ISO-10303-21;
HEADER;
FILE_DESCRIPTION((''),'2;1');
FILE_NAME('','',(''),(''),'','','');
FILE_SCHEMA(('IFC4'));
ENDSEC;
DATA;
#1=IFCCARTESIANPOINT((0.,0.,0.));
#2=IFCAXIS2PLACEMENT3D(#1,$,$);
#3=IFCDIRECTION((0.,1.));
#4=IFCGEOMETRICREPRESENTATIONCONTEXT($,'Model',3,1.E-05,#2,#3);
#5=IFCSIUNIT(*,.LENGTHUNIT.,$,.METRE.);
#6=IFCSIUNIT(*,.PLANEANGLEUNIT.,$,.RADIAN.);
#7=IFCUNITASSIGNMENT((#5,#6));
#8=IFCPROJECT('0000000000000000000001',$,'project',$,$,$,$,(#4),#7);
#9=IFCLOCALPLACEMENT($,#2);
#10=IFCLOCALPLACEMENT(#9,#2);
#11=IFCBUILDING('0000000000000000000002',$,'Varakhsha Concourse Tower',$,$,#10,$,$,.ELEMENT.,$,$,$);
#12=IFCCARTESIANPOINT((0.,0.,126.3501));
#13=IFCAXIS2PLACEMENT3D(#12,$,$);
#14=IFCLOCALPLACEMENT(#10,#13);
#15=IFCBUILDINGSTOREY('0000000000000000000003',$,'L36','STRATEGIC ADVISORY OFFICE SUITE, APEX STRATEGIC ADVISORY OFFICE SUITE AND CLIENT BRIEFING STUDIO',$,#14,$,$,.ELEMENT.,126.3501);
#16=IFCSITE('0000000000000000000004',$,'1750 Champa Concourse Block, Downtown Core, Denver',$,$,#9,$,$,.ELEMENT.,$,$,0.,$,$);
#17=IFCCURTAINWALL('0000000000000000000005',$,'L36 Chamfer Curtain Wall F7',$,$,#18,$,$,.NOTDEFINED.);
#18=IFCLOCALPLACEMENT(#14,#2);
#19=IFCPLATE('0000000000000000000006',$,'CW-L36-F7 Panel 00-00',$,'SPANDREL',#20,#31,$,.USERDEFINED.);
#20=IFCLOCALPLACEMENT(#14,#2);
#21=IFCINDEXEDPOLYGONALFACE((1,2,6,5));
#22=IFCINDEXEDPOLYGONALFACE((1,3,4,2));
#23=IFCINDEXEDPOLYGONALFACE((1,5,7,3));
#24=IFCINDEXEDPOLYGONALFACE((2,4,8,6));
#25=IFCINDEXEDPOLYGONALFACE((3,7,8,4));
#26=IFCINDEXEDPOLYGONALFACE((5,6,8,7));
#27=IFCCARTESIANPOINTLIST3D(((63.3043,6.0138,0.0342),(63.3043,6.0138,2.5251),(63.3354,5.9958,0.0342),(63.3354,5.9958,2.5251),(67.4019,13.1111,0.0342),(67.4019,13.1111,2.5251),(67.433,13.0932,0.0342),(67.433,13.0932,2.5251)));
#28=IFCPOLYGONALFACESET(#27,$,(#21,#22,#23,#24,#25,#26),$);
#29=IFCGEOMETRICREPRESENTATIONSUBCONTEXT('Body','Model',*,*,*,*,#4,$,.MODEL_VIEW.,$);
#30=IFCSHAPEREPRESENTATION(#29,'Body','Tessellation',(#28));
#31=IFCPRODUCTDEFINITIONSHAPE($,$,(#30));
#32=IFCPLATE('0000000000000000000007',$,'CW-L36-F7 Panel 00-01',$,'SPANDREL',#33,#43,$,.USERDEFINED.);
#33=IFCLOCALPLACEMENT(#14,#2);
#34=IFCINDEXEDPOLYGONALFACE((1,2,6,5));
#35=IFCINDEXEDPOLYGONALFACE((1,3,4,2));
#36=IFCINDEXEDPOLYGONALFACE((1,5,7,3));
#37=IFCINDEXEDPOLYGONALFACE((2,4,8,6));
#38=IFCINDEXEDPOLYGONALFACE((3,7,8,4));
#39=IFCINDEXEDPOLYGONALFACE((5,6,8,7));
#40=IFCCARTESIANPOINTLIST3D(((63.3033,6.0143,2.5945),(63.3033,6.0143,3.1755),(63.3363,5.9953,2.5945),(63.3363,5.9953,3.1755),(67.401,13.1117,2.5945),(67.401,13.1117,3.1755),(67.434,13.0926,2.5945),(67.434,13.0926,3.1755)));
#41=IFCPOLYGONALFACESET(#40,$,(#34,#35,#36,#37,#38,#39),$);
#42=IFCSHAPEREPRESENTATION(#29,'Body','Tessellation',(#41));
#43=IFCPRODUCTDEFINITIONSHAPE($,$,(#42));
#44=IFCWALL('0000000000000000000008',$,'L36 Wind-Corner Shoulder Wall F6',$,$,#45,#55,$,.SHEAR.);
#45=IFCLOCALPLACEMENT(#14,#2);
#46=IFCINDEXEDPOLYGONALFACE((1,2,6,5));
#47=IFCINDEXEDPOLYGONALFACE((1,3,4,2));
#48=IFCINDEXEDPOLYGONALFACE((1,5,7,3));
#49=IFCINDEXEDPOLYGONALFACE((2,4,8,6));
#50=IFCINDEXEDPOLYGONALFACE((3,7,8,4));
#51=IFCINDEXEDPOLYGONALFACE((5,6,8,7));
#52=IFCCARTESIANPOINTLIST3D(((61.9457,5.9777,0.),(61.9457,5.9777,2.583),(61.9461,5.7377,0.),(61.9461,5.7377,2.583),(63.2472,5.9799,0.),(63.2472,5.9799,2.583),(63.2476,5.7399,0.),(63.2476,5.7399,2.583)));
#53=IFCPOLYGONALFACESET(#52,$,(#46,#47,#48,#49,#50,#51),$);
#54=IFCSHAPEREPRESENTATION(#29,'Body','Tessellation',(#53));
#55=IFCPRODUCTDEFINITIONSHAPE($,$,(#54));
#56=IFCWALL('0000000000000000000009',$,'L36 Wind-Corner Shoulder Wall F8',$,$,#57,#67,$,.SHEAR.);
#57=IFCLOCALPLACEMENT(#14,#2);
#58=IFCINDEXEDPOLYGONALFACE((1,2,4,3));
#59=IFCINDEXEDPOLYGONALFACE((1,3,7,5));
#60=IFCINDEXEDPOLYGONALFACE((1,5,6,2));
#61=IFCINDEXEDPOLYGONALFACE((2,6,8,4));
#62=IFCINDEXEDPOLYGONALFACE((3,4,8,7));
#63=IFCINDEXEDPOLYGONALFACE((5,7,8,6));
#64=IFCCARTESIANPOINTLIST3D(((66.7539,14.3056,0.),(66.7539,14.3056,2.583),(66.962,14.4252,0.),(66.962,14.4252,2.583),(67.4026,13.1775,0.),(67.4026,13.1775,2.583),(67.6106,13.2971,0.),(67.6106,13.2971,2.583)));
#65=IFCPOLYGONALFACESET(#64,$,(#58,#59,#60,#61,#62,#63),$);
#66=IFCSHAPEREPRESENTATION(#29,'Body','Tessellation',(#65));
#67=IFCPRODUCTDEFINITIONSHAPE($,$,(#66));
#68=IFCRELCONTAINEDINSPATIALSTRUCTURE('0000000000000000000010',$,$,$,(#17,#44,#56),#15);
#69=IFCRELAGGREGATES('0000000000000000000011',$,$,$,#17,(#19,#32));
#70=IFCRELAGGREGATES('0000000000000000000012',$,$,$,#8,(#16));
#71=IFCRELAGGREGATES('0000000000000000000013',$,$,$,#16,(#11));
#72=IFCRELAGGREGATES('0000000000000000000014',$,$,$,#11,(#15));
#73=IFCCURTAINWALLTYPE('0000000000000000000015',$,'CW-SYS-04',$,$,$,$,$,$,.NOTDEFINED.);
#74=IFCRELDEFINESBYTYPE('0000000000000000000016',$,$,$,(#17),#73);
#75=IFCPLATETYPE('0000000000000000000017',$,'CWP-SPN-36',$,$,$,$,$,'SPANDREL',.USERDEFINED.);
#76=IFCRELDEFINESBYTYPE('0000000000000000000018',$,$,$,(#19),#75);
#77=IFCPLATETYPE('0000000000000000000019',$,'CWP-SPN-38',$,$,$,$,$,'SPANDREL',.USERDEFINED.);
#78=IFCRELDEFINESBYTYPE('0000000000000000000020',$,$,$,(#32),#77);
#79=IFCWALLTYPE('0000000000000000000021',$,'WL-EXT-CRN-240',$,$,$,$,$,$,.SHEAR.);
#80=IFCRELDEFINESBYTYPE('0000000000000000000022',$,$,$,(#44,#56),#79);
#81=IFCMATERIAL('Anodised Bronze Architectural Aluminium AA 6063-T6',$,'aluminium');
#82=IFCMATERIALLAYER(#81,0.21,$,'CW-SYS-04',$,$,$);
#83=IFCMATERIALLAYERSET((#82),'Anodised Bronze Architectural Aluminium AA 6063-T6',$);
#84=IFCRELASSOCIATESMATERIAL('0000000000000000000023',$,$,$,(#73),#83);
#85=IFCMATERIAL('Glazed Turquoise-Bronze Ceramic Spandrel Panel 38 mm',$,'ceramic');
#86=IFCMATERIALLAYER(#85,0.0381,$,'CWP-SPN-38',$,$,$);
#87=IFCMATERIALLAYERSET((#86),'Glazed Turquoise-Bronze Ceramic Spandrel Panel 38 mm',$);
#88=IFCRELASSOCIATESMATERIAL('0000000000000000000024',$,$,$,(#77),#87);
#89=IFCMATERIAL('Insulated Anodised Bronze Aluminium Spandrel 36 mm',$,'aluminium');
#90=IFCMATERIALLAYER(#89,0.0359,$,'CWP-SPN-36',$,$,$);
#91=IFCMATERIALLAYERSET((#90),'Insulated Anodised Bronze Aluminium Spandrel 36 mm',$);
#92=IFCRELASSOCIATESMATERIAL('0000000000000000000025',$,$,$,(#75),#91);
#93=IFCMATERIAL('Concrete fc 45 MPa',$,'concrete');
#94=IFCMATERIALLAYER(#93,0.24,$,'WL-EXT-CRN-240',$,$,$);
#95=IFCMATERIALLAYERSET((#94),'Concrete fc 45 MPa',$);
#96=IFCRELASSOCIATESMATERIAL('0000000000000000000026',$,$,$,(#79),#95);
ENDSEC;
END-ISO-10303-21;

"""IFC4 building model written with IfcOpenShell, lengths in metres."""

from ifc_helpers import new_model, si_unit, direction, frame, frame_2d, origin, origin_2d, place, context, subcontext, project, spatial, rectangle, extrude, source, transform, mapped, material, layer, layer_set, type_object, type_shapes, element, aggregate, save


model = new_model("IFC4")

# Units and contexts
model_context = context("Model", 3, precision=1e-05, world=origin(), true_north=direction((0.0, 1.0)))
body_context = subcontext(model_context, "Body", "Model", "MODEL_VIEW")
ifc_project = project(units=[si_unit("LENGTHUNIT", "METRE"), si_unit("PLANEANGLEUNIT", "RADIAN")], contexts=[model_context])

# Site, building, storey
site_placement = place(None, origin())
site = spatial("IfcSite", under=ifc_project, at=site_placement, Name="1750 Champa Concourse Block, Downtown Core, Denver", CompositionType="ELEMENT", RefElevation=0.0)
building_placement = place(site_placement, origin())
building = spatial("IfcBuilding", under=site, at=building_placement, Name="Varakhsha Concourse Tower", CompositionType="ELEMENT")
storey_placement = place(building_placement, frame((0.0, 0.0, 126.3501)))
storey = spatial("IfcBuildingStorey", under=building, at=storey_placement, Name="L36", Description="STRATEGIC ADVISORY OFFICE SUITE, APEX STRATEGIC ADVISORY OFFICE SUITE AND CLIENT BRIEFING STUDIO", CompositionType="ELEMENT", Elevation=126.3501)

# Shared definitions
ifc_material_1 = material(Name="Anodised Bronze Architectural Aluminium AA 6063-T6", Category="aluminium")
ifc_layer_1 = layer(ifc_material_1, 0.21, Name="CW-SYS-04")
ifc_layer_set_1 = layer_set([ifc_layer_1], Name="Anodised Bronze Architectural Aluminium AA 6063-T6")
curtain_wall_type = type_object("IfcCurtainWallType", Name="CW-SYS-04", PredefinedType="NOTDEFINED", material=ifc_layer_set_1)

# Curtain wall
curtain_wall_1_placement = place(storey_placement, origin())
curtain_wall_1 = element("IfcCurtainWall", 1, at=curtain_wall_1_placement, inside=storey, type_object=curtain_wall_type, Name="L36 Chamfer Curtain Wall F7", PredefinedType="NOTDEFINED")

# Plates
ifc_material_2 = material(Name="Glazed Turquoise-Bronze Ceramic Spandrel Panel 38 mm", Category="ceramic")
ifc_layer_2 = layer(ifc_material_2, 0.0381, Name="CWP-SPN-38")
ifc_layer_set_2 = layer_set([ifc_layer_2], Name="Glazed Turquoise-Bronze Ceramic Spandrel Panel 38 mm")
plate_type_1 = type_object("IfcPlateType", Name="CWP-SPN-38", ElementType="SPANDREL", PredefinedType="USERDEFINED", material=ifc_layer_set_2)
ifc_material_3 = material(Name="Insulated Anodised Bronze Aluminium Spandrel 36 mm", Category="aluminium")
ifc_layer_3 = layer(ifc_material_3, 0.0359, Name="CWP-SPN-36")
ifc_layer_set_3 = layer_set([ifc_layer_3], Name="Insulated Anodised Bronze Aluminium Spandrel 36 mm")
plate_type_2 = type_object("IfcPlateType", Name="CWP-SPN-36", ElementType="SPANDREL", PredefinedType="USERDEFINED", material=ifc_layer_set_3)
shared_shape_1 = source(origin(), body_context, "Body", "SweptSolid", [
    extrude(rectangle(XDim=8.1953, YDim=0.0359, at=origin_2d()), origin(), (0.0, 0.0, 1.0), 2.491),
])
type_shapes(plate_type_2, [shared_shape_1])
plate_1_placement = place(storey_placement, frame((65.3687, 9.5535, 0.0342), z_axis=(0.0, 0.0, 1.0), x_axis=(-0.500002, -0.866025, 0.0)))
plate_1 = element("IfcPlate", 2, at=plate_1_placement, type_object=plate_type_2, Name="CW-L36-F7 Panel 00-00", ObjectType="SPANDREL", PredefinedType="USERDEFINED", context=body_context, shape_type="MappedRepresentation", body=[
    mapped(shared_shape_1, transform((0.0, 0.0, 0.0), scale=1.0)),
])
shared_shape_2 = source(origin(), body_context, "Body", "SweptSolid", [
    extrude(rectangle(XDim=8.1953, YDim=0.0381, at=origin_2d()), origin(), (0.0, 0.0, 1.0), 0.5811),
])
plate_2_placement = place(storey_placement, frame((65.3687, 9.5535, 2.5945), z_axis=(0.0, 0.0, 1.0), x_axis=(-0.500002, -0.866025, 0.0)))
plate_2 = element("IfcPlate", 3, at=plate_2_placement, type_object=plate_type_1, Name="CW-L36-F7 Panel 00-01", ObjectType="SPANDREL", PredefinedType="USERDEFINED", context=body_context, shape_type="MappedRepresentation", body=[
    mapped(shared_shape_2, transform((0.0, 0.0, 0.0), scale=1.0)),
])
aggregate(curtain_wall_1, [plate_1, plate_2])

# Walls
ifc_material_4 = material(Name="Concrete fc 45 MPa", Category="concrete")
ifc_layer_4 = layer(ifc_material_4, 0.24, Name="WL-EXT-CRN-240")
ifc_layer_set_4 = layer_set([ifc_layer_4], Name="Concrete fc 45 MPa")
wall_type = type_object("IfcWallType", Name="WL-EXT-CRN-240", PredefinedType="SHEAR", material=ifc_layer_set_4)
wall_1_placement = place(storey_placement, frame((61.9458, 5.8577, 0.0), z_axis=(0.0, 0.0, 1.0), x_axis=(0.999999, 0.001688, 0.0)))
element("IfcWall", 4, at=wall_1_placement, inside=storey, type_object=wall_type, Name="L36 Wind-Corner Shoulder Wall F6", PredefinedType="SHEAR", context=body_context, shape_type="SweptSolid", body=[
    extrude(rectangle(XDim=1.3015, YDim=0.24, at=frame_2d((0.6509, 0.0))), origin(), (0.0, 0.0, 1.0), 2.583),
])
wall_2_placement = place(storey_placement, frame((67.5066, 13.2373, 0.0), z_axis=(0.0, 0.0, 1.0), x_axis=(-0.498461, 0.866912, 0.0)))
element("IfcWall", 5, at=wall_2_placement, inside=storey, type_object=wall_type, Name="L36 Wind-Corner Shoulder Wall F8", PredefinedType="SHEAR", context=body_context, shape_type="SweptSolid", body=[
    extrude(rectangle(XDim=1.3013, YDim=0.24, at=frame_2d((0.6506, 0.0))), origin(), (0.0, 0.0, 1.0), 2.583),
])

save(model, "model.ifc")
